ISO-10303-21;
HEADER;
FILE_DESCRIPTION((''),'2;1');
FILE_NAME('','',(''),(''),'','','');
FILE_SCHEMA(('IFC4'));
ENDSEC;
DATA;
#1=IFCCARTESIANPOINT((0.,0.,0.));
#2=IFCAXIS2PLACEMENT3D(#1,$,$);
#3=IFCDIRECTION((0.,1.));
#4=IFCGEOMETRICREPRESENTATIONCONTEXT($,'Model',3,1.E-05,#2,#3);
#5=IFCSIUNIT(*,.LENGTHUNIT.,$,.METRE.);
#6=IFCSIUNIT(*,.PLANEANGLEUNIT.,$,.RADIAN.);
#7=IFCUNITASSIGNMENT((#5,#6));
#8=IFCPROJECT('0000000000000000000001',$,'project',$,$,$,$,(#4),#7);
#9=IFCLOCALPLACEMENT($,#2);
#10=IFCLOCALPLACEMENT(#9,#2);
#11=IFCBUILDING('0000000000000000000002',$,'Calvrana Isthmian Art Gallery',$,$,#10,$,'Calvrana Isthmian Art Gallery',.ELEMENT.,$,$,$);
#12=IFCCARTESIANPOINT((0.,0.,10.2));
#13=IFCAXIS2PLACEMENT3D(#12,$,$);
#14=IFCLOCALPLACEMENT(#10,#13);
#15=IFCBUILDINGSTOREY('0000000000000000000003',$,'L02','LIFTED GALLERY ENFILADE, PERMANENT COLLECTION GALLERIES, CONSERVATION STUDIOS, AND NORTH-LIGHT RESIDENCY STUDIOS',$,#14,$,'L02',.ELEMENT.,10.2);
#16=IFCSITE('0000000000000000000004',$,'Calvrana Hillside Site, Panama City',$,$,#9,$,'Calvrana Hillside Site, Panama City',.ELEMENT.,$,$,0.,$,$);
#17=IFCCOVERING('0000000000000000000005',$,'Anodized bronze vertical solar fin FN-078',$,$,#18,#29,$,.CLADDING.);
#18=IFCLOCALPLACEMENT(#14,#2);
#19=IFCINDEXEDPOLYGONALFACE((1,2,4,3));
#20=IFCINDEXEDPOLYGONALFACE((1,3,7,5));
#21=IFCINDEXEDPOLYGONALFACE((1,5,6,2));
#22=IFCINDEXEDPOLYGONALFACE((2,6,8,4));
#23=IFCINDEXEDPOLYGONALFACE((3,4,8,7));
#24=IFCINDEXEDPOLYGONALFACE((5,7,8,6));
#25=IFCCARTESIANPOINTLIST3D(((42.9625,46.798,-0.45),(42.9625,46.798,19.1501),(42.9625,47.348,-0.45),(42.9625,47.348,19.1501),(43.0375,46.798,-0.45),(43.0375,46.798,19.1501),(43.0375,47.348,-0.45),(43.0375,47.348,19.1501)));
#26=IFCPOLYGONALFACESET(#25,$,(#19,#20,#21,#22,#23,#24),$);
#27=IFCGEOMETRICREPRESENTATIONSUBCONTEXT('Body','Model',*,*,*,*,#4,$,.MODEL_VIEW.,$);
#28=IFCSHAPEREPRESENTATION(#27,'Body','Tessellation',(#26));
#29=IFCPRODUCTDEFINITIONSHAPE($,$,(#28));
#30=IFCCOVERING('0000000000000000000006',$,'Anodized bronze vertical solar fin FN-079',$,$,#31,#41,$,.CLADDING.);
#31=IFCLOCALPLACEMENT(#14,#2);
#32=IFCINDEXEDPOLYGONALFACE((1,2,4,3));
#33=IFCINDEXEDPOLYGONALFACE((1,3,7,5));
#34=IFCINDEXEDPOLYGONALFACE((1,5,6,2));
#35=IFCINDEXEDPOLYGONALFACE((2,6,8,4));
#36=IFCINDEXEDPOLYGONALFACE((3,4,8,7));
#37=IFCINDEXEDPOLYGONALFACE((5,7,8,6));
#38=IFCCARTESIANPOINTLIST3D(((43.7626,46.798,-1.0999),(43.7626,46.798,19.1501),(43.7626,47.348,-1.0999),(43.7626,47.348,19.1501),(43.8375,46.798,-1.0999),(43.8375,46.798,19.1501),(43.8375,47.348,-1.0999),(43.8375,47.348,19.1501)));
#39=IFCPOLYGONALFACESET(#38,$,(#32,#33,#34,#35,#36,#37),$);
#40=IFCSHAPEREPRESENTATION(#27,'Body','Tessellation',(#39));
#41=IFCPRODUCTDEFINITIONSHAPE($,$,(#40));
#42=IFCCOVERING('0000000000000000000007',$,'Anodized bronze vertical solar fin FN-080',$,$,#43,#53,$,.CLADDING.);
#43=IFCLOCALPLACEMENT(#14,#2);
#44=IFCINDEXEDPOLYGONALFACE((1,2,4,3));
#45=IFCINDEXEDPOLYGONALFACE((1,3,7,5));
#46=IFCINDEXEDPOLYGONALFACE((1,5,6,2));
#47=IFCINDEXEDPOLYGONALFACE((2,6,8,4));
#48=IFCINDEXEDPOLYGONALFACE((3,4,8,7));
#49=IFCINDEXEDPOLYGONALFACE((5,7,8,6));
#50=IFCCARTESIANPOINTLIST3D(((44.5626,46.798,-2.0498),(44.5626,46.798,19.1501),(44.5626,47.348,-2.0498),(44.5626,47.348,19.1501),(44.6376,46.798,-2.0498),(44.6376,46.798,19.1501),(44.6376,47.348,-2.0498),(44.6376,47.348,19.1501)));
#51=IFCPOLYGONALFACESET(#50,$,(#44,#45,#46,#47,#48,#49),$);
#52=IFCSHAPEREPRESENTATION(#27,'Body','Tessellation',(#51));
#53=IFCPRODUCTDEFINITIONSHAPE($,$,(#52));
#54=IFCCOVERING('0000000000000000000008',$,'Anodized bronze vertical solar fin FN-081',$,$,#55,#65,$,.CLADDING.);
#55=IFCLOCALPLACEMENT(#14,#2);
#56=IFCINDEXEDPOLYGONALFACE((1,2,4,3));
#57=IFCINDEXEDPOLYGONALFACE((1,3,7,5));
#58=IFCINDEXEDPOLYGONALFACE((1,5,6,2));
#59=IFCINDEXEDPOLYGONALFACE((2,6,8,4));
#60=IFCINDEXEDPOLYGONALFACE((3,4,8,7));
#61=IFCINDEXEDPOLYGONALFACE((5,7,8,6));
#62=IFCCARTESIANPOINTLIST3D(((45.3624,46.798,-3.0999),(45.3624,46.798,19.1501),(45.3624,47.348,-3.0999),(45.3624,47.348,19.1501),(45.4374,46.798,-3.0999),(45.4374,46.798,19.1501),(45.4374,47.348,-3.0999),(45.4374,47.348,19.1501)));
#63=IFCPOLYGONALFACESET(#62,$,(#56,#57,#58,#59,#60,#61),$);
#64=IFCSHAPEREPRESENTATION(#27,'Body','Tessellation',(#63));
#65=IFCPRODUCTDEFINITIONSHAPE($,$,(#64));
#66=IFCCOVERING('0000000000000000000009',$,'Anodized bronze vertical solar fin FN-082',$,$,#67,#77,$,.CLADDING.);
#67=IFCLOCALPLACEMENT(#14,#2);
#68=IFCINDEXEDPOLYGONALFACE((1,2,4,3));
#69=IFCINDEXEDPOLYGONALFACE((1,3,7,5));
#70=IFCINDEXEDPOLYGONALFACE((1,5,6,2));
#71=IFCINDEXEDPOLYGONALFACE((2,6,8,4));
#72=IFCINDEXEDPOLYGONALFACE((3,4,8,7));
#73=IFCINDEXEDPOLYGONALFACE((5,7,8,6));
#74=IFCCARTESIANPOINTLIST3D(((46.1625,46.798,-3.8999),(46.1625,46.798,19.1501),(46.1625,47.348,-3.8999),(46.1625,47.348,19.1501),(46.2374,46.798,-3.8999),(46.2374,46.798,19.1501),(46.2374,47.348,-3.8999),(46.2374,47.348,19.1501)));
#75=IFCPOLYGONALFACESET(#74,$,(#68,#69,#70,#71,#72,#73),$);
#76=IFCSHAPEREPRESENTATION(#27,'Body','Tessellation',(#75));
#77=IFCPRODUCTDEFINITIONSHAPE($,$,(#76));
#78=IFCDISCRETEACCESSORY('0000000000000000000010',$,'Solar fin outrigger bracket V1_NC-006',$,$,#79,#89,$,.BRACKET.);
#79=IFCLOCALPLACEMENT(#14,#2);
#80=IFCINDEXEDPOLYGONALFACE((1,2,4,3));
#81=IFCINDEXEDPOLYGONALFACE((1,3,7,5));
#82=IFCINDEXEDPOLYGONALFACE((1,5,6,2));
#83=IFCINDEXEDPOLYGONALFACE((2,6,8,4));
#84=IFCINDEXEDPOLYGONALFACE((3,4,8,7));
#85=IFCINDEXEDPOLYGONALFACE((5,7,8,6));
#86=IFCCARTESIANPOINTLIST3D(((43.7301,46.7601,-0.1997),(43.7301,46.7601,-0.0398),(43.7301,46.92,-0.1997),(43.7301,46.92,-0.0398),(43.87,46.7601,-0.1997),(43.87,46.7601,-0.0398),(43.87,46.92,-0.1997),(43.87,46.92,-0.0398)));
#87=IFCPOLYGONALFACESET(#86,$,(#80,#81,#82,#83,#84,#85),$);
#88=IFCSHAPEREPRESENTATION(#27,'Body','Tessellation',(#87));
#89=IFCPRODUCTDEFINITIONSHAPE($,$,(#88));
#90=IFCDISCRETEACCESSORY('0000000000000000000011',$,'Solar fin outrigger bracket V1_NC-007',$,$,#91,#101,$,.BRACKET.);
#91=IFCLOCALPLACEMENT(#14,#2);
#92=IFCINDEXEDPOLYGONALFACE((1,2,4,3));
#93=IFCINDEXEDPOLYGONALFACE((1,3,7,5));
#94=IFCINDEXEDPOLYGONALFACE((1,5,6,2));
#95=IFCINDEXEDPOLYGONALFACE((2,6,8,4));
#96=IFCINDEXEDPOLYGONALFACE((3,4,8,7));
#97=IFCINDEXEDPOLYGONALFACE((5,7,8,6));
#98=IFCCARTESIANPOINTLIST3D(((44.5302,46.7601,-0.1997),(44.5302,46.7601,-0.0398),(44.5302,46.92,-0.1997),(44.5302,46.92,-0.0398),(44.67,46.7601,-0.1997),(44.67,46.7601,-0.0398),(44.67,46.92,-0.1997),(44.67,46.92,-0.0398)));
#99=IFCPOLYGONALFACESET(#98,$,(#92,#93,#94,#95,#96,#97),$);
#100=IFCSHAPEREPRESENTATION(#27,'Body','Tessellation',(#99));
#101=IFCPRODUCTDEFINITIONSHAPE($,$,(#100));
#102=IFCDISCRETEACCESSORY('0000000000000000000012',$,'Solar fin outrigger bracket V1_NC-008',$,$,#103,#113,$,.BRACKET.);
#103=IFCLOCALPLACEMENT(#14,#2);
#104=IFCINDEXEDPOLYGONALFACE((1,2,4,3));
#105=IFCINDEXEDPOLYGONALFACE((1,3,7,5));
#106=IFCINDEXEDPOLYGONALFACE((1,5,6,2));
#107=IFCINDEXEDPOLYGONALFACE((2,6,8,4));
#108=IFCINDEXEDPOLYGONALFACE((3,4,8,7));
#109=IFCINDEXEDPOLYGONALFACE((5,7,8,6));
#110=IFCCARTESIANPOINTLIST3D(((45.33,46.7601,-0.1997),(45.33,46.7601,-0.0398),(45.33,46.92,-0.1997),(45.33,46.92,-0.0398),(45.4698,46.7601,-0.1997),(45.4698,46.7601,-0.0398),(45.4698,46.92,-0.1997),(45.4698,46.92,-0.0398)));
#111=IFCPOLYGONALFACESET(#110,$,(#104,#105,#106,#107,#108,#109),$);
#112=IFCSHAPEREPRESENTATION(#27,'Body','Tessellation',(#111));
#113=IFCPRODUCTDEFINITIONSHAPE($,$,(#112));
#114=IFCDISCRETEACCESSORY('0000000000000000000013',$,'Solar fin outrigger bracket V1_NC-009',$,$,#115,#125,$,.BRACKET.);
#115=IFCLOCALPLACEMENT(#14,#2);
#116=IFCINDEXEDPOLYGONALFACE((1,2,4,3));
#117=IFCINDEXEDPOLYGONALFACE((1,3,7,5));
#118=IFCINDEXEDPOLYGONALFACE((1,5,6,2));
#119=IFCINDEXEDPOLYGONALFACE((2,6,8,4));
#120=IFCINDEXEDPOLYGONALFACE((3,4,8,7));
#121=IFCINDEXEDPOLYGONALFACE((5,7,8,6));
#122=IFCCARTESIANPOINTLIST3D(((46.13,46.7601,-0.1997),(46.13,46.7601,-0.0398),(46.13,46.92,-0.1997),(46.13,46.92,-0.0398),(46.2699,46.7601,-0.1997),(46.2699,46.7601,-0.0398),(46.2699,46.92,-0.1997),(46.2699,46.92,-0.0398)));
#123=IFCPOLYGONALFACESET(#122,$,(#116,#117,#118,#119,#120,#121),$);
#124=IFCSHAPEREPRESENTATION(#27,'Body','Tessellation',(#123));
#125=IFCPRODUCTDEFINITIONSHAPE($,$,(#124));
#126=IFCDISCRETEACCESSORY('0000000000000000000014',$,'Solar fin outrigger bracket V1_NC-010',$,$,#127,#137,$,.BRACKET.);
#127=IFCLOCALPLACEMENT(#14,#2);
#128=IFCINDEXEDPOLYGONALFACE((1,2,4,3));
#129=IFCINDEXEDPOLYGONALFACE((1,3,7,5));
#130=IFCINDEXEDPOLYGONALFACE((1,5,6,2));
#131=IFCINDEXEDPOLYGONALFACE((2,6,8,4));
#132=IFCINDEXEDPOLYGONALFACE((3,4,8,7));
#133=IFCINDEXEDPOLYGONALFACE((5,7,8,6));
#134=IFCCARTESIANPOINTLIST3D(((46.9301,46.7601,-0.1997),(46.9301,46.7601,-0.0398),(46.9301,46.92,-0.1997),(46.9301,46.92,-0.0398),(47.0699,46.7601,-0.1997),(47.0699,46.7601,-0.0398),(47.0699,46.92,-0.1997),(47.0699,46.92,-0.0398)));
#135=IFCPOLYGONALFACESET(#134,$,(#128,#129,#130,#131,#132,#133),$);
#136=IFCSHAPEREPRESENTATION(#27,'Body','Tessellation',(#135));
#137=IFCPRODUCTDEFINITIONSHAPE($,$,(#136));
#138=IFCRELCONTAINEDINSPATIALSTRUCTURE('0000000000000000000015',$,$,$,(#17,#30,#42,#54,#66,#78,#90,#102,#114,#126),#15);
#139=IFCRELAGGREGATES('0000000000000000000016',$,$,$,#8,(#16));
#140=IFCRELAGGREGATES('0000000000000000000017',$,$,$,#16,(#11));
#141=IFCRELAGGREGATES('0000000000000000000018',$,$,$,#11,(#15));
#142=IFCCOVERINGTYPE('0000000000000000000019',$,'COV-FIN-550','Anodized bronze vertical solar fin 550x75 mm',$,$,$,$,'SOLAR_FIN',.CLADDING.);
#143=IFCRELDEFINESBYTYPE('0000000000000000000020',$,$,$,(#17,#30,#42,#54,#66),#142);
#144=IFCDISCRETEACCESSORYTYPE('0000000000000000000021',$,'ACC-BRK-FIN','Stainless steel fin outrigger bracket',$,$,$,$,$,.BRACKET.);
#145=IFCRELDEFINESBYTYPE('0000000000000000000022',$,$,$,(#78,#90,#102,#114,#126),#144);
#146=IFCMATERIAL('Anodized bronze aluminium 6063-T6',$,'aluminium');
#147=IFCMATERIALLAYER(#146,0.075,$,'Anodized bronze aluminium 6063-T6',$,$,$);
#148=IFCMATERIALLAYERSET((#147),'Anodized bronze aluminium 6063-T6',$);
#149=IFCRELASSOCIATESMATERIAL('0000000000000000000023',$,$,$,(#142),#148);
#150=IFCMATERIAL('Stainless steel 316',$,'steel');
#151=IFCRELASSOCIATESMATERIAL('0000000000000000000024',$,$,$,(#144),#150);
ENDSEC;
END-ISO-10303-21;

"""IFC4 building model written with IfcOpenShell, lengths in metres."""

from ifc_helpers import new_model, si_unit, direction, frame, origin, origin_2d, place, context, subcontext, project, spatial, rectangle, extrude, material, layer, layer_set, type_object, element, save


model = new_model("IFC4")

# Units and contexts
model_context = context("Model", 3, precision=1e-05, world=origin(), true_north=direction((0.0, 1.0)))
body_context = subcontext(model_context, "Body", "Model", "MODEL_VIEW")
ifc_project = project(units=[si_unit("LENGTHUNIT", "METRE"), si_unit("PLANEANGLEUNIT", "RADIAN")], contexts=[model_context])

# Site, building, storey
site_placement = place(None, origin())
site = spatial("IfcSite", under=ifc_project, at=site_placement, Name="Calvrana Hillside Site, Panama City", LongName="Calvrana Hillside Site, Panama City", CompositionType="ELEMENT", RefElevation=0.0)
building_placement = place(site_placement, origin())
building = spatial("IfcBuilding", under=site, at=building_placement, Name="Calvrana Isthmian Art Gallery", LongName="Calvrana Isthmian Art Gallery", CompositionType="ELEMENT")
storey_placement = place(building_placement, frame((0.0, 0.0, 10.2)))
storey = spatial("IfcBuildingStorey", under=building, at=storey_placement, Name="L02", Description="LIFTED GALLERY ENFILADE, PERMANENT COLLECTION GALLERIES, CONSERVATION STUDIOS, AND NORTH-LIGHT RESIDENCY STUDIOS", LongName="L02", CompositionType="ELEMENT", Elevation=10.2)

# Coverings
ifc_material_1 = material(Name="Anodized bronze aluminium 6063-T6", Category="aluminium")
ifc_layer_1 = layer(ifc_material_1, 0.075, Name="Anodized bronze aluminium 6063-T6")
ifc_layer_set_1 = layer_set([ifc_layer_1], Name="Anodized bronze aluminium 6063-T6")
covering_type = type_object("IfcCoveringType", Name="COV-FIN-550", Description="Anodized bronze vertical solar fin 550x75 mm", ElementType="SOLAR_FIN", PredefinedType="CLADDING", material=ifc_layer_set_1)
covering_1_placement = place(storey_placement, frame((43.0, 47.073, -0.45), z_axis=(0.0, 0.0, 1.0), x_axis=(1.0, 0.0, 0.0)))
element("IfcCovering", 1, at=covering_1_placement, inside=storey, type_object=covering_type, Name="Anodized bronze vertical solar fin FN-078", PredefinedType="CLADDING", context=body_context, shape_type="SweptSolid", body=[
    extrude(rectangle(XDim=0.075, YDim=0.55, at=origin_2d()), origin(), (0.0, 0.0, 1.0), 19.6001),
])
covering_2_placement = place(storey_placement, frame((43.8, 47.073, -1.0999), z_axis=(0.0, 0.0, 1.0), x_axis=(1.0, 0.0, 0.0)))
element("IfcCovering", 2, at=covering_2_placement, inside=storey, type_object=covering_type, Name="Anodized bronze vertical solar fin FN-079", PredefinedType="CLADDING", context=body_context, shape_type="SweptSolid", body=[
    extrude(rectangle(XDim=0.075, YDim=0.55, at=origin_2d()), origin(), (0.0, 0.0, 1.0), 20.25),
])
covering_3_placement = place(storey_placement, frame((44.6001, 47.073, -2.0498), z_axis=(0.0, 0.0, 1.0), x_axis=(1.0, 0.0, 0.0)))
element("IfcCovering", 3, at=covering_3_placement, inside=storey, type_object=covering_type, Name="Anodized bronze vertical solar fin FN-080", PredefinedType="CLADDING", context=body_context, shape_type="SweptSolid", body=[
    extrude(rectangle(XDim=0.075, YDim=0.55, at=origin_2d()), origin(), (0.0, 0.0, 1.0), 21.2),
])
covering_4_placement = place(storey_placement, frame((45.3999, 47.073, -3.0999), z_axis=(0.0, 0.0, 1.0), x_axis=(1.0, 0.0, 0.0)))
element("IfcCovering", 4, at=covering_4_placement, inside=storey, type_object=covering_type, Name="Anodized bronze vertical solar fin FN-081", PredefinedType="CLADDING", context=body_context, shape_type="SweptSolid", body=[
    extrude(rectangle(XDim=0.075, YDim=0.55, at=origin_2d()), origin(), (0.0, 0.0, 1.0), 22.25),
])
covering_5_placement = place(storey_placement, frame((46.2, 47.073, -3.8999), z_axis=(0.0, 0.0, 1.0), x_axis=(1.0, 0.0, 0.0)))
element("IfcCovering", 5, at=covering_5_placement, inside=storey, type_object=covering_type, Name="Anodized bronze vertical solar fin FN-082", PredefinedType="CLADDING", context=body_context, shape_type="SweptSolid", body=[
    extrude(rectangle(XDim=0.075, YDim=0.55, at=origin_2d()), origin(), (0.0, 0.0, 1.0), 23.05),
])

# Discrete accessories
ifc_material_2 = material(Name="Stainless steel 316", Category="steel")
discrete_accessory_type = type_object("IfcDiscreteAccessoryType", Name="ACC-BRK-FIN", Description="Stainless steel fin outrigger bracket", PredefinedType="BRACKET", material=ifc_material_2)
for number, where, z_axis, x_axis, name in (
    (6, (43.8, 46.8401, -0.1997), (0.0, 0.0, 1.0), (1.0, 0.0, 0.0), "Solar fin outrigger bracket V1_NC-006"),
    (7, (44.6001, 46.8401, -0.1997), (0.0, 0.0, 1.0), (1.0, 0.0, 0.0), "Solar fin outrigger bracket V1_NC-007"),
    (8, (45.3999, 46.8401, -0.1997), (0.0, 0.0, 1.0), (1.0, 0.0, 0.0), "Solar fin outrigger bracket V1_NC-008"),
    (9, (46.2, 46.8401, -0.1997), (0.0, 0.0, 1.0), (1.0, 0.0, 0.0), "Solar fin outrigger bracket V1_NC-009"),
    (10, (47.0, 46.8401, -0.1997), (0.0, 0.0, 1.0), (1.0, 0.0, 0.0), "Solar fin outrigger bracket V1_NC-010"),
):
    element("IfcDiscreteAccessory", number, at=place(storey_placement, frame(where, z_axis=z_axis, x_axis=x_axis)), inside=storey, type_object=discrete_accessory_type, Name=name, PredefinedType="BRACKET", context=body_context, shape_type="SweptSolid", body=[
        extrude(rectangle(XDim=0.1399, YDim=0.1599, at=origin_2d()), origin(), (0.0, 0.0, 1.0), 0.1599),
    ])

save(model, "model.ifc")
